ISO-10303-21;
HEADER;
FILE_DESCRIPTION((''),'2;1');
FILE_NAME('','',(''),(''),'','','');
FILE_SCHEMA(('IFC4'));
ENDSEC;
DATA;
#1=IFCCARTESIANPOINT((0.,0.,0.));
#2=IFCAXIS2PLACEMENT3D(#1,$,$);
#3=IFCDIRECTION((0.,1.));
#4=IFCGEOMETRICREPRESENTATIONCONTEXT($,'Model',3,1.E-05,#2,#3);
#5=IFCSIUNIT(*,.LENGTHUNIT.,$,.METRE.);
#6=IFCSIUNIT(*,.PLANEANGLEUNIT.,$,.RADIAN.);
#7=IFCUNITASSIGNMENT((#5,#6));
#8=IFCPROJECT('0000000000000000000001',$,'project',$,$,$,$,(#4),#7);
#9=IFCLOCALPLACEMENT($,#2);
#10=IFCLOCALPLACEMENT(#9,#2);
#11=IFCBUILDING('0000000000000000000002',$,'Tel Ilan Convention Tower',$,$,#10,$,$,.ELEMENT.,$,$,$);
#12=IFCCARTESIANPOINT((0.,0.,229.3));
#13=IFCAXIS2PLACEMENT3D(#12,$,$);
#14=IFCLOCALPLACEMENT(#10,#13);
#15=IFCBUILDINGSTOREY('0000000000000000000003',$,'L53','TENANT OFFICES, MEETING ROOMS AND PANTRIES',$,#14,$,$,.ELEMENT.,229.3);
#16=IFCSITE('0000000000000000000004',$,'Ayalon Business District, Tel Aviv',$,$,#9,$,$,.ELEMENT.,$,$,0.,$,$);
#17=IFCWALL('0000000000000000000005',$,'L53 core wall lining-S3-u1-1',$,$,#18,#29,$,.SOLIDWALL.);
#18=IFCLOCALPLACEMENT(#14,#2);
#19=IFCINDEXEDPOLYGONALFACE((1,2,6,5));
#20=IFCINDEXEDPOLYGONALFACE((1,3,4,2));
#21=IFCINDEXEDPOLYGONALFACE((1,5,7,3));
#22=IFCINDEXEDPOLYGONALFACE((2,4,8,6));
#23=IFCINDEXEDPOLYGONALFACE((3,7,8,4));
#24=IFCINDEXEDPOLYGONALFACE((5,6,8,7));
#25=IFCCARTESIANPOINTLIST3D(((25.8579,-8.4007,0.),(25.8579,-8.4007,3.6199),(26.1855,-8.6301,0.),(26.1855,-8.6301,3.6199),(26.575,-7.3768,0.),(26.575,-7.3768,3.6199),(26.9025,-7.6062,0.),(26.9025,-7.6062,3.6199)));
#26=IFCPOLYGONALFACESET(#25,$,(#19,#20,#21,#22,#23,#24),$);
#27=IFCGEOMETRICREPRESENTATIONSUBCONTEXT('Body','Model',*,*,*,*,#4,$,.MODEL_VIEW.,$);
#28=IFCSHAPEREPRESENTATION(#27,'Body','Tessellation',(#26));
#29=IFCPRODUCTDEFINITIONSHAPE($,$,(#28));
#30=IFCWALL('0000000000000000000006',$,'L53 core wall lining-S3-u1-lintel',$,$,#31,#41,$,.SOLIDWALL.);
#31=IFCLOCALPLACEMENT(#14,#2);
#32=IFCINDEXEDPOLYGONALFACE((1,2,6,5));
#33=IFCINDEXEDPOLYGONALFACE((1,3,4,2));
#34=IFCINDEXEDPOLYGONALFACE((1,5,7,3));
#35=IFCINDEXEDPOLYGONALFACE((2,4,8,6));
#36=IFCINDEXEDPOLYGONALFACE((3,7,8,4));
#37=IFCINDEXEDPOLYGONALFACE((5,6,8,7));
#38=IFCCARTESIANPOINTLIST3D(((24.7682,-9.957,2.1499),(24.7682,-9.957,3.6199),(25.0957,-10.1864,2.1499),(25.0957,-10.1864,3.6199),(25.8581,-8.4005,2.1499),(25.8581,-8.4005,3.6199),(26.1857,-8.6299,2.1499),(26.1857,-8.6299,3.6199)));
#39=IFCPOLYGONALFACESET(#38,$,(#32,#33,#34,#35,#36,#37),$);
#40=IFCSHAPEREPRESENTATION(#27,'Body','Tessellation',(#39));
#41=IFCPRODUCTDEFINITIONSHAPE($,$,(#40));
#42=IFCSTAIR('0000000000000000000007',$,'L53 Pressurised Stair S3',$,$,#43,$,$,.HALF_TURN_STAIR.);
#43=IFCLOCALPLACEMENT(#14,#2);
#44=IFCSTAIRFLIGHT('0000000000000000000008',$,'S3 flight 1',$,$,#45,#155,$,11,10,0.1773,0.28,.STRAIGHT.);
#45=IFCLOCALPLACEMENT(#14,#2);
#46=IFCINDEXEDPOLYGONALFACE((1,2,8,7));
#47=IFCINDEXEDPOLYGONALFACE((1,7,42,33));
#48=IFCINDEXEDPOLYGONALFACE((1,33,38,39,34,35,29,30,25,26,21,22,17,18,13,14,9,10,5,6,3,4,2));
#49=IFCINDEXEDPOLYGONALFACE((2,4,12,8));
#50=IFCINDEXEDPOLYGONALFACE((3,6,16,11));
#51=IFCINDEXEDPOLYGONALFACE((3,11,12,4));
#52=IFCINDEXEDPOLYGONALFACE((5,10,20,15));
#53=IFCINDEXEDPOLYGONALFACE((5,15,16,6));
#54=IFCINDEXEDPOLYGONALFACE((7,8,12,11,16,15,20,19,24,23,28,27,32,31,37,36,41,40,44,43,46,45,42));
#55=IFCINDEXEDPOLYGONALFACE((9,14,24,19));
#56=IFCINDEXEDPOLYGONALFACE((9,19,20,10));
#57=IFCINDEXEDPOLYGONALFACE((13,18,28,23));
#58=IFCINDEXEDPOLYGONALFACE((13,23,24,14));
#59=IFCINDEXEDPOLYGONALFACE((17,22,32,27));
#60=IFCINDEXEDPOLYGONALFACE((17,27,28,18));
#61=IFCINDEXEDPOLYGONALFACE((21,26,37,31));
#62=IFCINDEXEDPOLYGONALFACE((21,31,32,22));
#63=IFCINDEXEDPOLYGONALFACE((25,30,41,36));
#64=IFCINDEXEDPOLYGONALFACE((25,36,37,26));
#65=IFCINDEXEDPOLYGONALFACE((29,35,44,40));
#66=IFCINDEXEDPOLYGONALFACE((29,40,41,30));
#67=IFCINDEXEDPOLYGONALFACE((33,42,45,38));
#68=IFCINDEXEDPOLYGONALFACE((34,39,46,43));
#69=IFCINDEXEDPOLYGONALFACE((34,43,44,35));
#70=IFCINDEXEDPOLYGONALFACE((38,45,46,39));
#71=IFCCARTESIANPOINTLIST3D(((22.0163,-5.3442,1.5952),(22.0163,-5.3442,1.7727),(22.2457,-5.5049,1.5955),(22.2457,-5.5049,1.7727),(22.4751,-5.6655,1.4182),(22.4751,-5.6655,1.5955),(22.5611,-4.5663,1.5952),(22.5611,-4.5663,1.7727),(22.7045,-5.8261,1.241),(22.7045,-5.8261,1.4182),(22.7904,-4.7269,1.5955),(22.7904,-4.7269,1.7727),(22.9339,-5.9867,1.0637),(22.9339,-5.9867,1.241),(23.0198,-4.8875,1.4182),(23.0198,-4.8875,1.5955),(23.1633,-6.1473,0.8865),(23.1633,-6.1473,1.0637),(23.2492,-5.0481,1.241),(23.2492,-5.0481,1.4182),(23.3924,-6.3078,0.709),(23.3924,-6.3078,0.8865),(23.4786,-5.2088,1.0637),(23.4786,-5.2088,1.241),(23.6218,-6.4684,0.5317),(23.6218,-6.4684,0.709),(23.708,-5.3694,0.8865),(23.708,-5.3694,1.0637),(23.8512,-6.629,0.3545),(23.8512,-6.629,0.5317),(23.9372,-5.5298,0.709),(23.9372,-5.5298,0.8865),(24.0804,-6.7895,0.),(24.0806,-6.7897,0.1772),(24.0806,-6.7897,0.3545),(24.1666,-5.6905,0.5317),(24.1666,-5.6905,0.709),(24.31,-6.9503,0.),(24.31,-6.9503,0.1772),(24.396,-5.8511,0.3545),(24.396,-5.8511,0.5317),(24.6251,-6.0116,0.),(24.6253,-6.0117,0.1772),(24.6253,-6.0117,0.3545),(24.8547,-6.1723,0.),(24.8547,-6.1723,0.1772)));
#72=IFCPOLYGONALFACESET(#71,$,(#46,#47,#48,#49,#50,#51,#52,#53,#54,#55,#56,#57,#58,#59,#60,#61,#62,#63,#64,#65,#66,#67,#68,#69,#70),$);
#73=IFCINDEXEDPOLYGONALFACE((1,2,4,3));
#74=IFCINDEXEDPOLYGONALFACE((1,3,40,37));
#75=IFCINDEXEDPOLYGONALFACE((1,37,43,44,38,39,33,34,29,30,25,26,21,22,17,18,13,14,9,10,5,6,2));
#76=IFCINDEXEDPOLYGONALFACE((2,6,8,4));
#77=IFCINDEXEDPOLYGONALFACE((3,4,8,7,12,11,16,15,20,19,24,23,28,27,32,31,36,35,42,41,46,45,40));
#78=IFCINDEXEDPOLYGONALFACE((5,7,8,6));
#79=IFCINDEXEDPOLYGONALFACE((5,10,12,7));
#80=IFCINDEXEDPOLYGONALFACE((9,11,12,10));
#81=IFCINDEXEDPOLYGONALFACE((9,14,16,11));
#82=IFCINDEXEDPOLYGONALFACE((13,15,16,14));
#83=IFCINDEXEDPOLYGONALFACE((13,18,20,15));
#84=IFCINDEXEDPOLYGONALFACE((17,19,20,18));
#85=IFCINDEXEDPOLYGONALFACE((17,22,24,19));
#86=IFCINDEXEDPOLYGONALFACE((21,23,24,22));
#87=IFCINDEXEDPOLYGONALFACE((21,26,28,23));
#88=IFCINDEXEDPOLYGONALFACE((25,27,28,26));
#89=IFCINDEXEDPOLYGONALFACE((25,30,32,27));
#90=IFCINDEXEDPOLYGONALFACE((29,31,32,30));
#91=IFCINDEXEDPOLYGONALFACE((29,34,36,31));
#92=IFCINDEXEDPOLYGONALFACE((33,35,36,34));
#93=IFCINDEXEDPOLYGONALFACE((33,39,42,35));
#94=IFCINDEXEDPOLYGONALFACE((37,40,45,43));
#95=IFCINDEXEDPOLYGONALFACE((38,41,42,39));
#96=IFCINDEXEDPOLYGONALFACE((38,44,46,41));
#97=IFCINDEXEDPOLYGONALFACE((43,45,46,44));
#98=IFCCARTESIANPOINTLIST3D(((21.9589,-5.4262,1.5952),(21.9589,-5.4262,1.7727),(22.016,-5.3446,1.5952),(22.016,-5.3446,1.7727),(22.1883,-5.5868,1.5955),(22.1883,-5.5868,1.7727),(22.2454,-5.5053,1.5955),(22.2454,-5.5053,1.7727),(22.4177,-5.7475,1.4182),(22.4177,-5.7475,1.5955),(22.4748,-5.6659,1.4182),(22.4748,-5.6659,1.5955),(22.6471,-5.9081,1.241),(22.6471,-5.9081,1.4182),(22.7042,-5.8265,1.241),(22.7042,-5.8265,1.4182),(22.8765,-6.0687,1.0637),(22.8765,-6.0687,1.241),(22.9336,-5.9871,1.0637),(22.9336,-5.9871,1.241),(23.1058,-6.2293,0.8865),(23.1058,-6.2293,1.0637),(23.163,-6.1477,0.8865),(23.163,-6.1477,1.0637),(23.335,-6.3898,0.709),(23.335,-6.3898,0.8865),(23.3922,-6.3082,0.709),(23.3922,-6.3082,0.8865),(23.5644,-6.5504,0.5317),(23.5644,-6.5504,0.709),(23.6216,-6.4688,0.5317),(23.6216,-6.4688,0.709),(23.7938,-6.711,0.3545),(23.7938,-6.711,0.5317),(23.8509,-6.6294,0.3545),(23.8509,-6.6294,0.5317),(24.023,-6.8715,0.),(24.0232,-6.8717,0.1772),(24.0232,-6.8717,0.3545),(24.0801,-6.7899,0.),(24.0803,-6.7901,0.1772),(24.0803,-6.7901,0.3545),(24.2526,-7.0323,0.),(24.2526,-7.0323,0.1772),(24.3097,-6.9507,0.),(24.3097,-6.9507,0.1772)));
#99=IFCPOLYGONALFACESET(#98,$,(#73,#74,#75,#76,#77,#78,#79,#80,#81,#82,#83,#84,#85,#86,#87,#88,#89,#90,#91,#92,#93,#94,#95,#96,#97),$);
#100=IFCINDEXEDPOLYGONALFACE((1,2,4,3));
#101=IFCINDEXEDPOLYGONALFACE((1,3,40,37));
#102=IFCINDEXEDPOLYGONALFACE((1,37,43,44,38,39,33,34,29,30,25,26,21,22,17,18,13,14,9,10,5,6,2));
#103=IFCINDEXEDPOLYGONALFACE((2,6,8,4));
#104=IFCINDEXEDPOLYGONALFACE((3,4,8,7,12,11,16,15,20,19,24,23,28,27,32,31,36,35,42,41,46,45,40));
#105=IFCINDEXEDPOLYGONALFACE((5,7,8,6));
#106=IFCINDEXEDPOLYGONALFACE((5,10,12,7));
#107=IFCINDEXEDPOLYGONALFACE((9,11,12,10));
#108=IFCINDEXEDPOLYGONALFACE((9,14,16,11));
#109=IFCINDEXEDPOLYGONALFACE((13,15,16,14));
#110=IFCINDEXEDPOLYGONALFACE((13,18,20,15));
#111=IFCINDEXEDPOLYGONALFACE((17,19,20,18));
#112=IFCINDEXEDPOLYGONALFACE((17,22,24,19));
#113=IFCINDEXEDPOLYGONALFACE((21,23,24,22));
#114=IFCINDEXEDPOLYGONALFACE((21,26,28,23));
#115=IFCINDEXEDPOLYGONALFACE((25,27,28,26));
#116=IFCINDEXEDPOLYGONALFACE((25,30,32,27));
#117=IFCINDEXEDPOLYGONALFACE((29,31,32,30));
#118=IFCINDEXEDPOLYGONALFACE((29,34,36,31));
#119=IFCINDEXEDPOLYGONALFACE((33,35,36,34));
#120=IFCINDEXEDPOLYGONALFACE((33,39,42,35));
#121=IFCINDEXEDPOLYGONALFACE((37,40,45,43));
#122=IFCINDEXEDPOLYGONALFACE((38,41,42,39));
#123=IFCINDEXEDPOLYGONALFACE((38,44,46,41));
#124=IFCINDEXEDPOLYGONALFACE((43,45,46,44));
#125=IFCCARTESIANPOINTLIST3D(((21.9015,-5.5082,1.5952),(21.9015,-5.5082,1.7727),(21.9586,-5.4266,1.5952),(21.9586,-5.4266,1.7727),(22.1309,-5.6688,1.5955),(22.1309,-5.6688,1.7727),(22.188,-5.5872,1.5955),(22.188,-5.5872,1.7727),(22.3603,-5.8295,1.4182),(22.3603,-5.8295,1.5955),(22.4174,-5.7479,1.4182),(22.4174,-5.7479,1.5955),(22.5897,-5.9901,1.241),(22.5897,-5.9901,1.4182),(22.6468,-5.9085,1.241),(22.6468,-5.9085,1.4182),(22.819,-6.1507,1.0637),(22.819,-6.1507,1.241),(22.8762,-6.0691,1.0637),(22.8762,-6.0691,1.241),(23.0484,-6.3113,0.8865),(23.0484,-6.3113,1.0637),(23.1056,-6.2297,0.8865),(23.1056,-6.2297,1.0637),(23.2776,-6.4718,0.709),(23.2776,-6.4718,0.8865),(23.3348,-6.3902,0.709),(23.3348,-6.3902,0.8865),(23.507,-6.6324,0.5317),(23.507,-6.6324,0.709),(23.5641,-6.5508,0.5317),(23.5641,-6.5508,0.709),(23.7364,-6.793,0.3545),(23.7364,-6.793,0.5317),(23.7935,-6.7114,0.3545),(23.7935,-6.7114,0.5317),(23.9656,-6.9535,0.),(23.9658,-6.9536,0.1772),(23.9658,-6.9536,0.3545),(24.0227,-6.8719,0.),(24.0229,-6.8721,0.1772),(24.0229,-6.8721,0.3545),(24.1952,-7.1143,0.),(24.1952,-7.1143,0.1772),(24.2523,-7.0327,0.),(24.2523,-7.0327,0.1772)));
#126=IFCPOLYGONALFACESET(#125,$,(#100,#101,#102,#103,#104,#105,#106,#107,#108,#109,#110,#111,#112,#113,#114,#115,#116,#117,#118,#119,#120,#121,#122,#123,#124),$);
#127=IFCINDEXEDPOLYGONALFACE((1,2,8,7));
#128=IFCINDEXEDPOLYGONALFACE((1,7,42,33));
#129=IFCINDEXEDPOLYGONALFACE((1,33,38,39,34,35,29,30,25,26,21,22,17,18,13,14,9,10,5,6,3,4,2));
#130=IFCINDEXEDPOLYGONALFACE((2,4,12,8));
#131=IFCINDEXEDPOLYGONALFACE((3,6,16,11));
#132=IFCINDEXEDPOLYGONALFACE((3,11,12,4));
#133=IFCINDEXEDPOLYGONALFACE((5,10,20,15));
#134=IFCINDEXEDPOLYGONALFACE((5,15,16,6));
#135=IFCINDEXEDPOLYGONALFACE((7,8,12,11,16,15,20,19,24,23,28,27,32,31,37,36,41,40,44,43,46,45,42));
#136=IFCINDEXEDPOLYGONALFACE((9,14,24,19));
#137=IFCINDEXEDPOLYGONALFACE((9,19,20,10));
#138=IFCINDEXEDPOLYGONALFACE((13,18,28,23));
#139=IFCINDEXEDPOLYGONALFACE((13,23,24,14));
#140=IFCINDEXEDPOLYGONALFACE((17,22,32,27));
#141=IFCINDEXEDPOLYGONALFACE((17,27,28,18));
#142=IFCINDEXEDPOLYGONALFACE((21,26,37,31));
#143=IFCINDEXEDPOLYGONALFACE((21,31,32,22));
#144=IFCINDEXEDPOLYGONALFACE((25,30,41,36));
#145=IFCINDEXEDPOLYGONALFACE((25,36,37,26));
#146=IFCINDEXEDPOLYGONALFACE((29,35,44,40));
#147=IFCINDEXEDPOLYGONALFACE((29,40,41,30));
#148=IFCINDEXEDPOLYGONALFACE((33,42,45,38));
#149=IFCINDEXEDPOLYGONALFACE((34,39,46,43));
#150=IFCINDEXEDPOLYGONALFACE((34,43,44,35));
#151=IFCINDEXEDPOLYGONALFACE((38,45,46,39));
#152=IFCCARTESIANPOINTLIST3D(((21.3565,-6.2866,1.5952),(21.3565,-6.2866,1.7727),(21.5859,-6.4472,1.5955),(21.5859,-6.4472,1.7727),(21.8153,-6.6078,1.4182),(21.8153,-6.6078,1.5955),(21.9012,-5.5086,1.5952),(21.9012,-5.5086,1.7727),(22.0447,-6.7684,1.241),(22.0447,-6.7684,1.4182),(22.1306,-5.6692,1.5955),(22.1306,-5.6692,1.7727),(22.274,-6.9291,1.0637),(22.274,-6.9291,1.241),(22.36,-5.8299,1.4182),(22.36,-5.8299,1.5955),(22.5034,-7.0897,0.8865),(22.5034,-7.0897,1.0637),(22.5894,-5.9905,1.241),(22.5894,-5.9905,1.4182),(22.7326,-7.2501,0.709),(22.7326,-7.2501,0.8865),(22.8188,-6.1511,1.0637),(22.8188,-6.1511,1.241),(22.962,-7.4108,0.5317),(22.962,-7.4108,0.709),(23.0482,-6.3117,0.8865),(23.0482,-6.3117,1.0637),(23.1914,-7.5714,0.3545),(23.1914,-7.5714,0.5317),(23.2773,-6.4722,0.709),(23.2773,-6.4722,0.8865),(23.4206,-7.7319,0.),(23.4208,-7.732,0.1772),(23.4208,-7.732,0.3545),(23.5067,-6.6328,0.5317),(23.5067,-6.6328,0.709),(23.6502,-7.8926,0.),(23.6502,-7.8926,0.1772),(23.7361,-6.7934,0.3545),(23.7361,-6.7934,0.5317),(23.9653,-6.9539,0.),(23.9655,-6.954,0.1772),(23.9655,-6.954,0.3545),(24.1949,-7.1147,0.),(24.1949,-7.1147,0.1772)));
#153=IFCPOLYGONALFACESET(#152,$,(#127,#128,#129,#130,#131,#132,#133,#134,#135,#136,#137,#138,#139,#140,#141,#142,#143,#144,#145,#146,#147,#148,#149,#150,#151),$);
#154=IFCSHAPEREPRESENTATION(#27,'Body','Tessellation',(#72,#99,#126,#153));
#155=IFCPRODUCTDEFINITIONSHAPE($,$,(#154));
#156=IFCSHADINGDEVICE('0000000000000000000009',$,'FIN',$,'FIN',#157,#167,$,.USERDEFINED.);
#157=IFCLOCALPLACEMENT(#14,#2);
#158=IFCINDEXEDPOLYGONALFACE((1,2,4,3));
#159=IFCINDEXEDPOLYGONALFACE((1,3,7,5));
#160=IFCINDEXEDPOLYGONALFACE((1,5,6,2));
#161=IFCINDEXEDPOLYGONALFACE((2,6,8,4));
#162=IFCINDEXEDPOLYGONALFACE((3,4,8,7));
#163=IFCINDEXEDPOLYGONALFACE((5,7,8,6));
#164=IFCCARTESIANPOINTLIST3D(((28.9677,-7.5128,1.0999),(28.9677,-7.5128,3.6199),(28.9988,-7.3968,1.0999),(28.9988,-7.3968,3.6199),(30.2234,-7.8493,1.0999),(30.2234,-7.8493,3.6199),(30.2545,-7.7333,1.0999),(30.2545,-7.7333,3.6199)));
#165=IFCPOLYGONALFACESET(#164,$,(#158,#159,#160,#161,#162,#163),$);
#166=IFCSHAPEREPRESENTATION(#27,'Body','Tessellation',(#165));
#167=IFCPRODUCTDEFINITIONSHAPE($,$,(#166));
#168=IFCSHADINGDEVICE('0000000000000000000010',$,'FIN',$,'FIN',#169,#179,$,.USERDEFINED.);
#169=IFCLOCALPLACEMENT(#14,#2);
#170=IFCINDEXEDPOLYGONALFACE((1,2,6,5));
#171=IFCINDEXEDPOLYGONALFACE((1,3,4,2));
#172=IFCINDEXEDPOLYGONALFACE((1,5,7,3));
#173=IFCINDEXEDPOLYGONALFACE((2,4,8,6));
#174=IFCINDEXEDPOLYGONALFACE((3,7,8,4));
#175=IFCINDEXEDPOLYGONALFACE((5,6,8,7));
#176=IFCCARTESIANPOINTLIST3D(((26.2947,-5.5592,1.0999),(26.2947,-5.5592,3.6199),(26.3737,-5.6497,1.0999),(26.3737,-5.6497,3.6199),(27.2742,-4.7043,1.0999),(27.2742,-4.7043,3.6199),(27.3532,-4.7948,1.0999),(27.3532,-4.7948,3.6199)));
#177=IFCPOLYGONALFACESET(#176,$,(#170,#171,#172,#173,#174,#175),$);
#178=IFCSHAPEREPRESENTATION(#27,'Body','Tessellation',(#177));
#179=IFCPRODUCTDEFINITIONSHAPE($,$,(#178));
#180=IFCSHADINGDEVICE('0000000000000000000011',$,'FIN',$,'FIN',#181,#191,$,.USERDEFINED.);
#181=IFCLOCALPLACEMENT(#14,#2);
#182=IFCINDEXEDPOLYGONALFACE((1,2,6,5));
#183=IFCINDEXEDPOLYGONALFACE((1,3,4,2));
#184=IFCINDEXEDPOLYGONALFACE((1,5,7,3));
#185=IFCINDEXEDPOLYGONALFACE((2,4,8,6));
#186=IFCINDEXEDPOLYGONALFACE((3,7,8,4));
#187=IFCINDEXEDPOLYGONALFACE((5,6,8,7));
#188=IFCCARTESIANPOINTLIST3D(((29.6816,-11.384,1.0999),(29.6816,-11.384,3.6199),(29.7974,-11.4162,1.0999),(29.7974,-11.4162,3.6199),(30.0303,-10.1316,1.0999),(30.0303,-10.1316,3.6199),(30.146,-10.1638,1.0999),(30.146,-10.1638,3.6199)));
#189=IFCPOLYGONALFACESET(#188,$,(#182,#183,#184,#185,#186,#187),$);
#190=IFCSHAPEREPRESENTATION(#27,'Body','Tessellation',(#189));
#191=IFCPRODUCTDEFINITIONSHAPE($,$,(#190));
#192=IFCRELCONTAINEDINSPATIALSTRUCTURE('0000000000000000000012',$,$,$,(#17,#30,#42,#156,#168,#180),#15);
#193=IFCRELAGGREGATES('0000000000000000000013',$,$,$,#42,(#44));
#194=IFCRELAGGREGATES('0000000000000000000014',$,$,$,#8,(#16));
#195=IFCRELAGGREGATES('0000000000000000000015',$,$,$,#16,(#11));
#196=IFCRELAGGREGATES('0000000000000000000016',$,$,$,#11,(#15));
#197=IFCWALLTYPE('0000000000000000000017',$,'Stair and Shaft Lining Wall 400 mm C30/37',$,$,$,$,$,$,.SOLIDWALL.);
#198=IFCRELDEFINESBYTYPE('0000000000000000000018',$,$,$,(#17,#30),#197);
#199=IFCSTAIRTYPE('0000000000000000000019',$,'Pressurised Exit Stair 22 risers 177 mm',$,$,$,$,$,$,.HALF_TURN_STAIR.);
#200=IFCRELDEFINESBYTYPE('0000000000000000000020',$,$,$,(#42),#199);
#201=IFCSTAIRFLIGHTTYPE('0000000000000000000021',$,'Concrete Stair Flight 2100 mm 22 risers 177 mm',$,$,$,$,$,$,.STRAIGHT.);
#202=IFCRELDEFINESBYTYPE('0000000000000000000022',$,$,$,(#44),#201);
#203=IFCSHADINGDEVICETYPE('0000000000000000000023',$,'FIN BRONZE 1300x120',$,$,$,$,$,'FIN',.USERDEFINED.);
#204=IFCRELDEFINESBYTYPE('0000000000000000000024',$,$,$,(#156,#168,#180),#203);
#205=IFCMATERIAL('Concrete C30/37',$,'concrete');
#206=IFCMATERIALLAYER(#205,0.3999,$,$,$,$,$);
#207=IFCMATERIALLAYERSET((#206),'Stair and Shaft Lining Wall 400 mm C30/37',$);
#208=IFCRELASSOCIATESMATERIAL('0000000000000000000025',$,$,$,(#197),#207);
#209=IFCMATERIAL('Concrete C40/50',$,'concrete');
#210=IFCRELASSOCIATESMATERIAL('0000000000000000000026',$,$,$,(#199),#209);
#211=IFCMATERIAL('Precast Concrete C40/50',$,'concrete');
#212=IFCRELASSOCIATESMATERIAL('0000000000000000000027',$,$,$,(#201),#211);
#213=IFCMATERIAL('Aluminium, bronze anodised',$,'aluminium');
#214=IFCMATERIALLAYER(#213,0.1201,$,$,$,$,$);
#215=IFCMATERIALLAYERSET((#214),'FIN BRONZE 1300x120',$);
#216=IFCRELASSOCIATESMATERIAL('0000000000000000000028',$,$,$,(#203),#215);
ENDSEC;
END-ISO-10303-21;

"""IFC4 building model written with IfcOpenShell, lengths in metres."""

from ifc_helpers import new_model, si_unit, direction, frame, frame_2d, origin, origin_2d, place, context, subcontext, project, spatial, polyline, rectangle, outline, extrude, material, layer, layer_set, type_object, element, aggregate, save


model = new_model("IFC4")

# Units and contexts
model_context = context("Model", 3, precision=1e-05, world=origin(), true_north=direction((0.0, 1.0)))
body_context = subcontext(model_context, "Body", "Model", "MODEL_VIEW")
ifc_project = project(units=[si_unit("LENGTHUNIT", "METRE"), si_unit("PLANEANGLEUNIT", "RADIAN")], contexts=[model_context])

# Site, building, storey
site_placement = place(None, origin())
site = spatial("IfcSite", under=ifc_project, at=site_placement, Name="Ayalon Business District, Tel Aviv", CompositionType="ELEMENT", RefElevation=0.0)
building_placement = place(site_placement, origin())
building = spatial("IfcBuilding", under=site, at=building_placement, Name="Tel Ilan Convention Tower", CompositionType="ELEMENT")
storey_placement = place(building_placement, frame((0.0, 0.0, 229.3)))
storey = spatial("IfcBuildingStorey", under=building, at=storey_placement, Name="L53", Description="TENANT OFFICES, MEETING ROOMS AND PANTRIES", CompositionType="ELEMENT", Elevation=229.3)

# Walls
ifc_material_1 = material(Name="Concrete C30/37", Category="concrete")
ifc_layer_1 = layer(ifc_material_1, 0.3999)
ifc_layer_set_1 = layer_set([ifc_layer_1], Name="Stair and Shaft Lining Wall 400 mm C30/37")
wall_type_1 = type_object("IfcWallType", Name="Stair and Shaft Lining Wall 400 mm C30/37", PredefinedType="SOLIDWALL", material=ifc_layer_set_1)
wall_1_placement = place(storey_placement, frame((26.0217, -8.5154, 0.0), z_axis=(0.0, 0.0, 1.0), x_axis=(0.57362, 0.819122, 0.0)))
element("IfcWall", 1, at=wall_1_placement, inside=storey, type_object=wall_type_1, Name="L53 core wall lining-S3-u1-1", PredefinedType="SOLIDWALL", context=body_context, shape_type="SweptSolid", body=[
    extrude(rectangle(XDim=1.25, YDim=0.3999, at=frame_2d((0.625, 0.0))), origin(), (0.0, 0.0, 1.0), 3.6199),
])
wall_2_placement = place(storey_placement, frame((24.9319, -10.0718, 2.1499), z_axis=(0.0, 0.0, 1.0), x_axis=(0.573592, 0.819141, 0.0)))
element("IfcWall", 2, at=wall_2_placement, inside=storey, type_object=wall_type_1, Name="L53 core wall lining-S3-u1-lintel", PredefinedType="SOLIDWALL", context=body_context, shape_type="SweptSolid", body=[
    extrude(rectangle(XDim=1.9001, YDim=0.3999, at=frame_2d((0.9502, 0.0))), origin(), (0.0, 0.0, 1.0), 1.47),
])

# Stair, stair flight
ifc_material_2 = material(Name="Concrete C40/50", Category="concrete")
stair_type = type_object("IfcStairType", Name="Pressurised Exit Stair 22 risers 177 mm", PredefinedType="HALF_TURN_STAIR", material=ifc_material_2)
stair_placement = place(storey_placement, origin())
stair = element("IfcStair", 3, at=stair_placement, inside=storey, type_object=stair_type, Name="L53 Pressurised Stair S3", PredefinedType="HALF_TURN_STAIR")
ifc_material_3 = material(Name="Precast Concrete C40/50", Category="concrete")
stair_flight_type = type_object("IfcStairFlightType", Name="Concrete Stair Flight 2100 mm 22 risers 177 mm", PredefinedType="STRAIGHT", material=ifc_material_3)
stair_flight_placement = place(storey_placement, frame((24.2524, -7.0325, 0.0), z_axis=(0.0, 0.0, 1.0), x_axis=(-0.819152, 0.573576, 0.0)))
stair_flight = element("IfcStairFlight", 4, at=stair_flight_placement, type_object=stair_flight_type, Name="S3 flight 1", NumberOfRisers=11, NumberOfTreads=10, PredefinedType="STRAIGHT", RiserHeight=0.1773, TreadLength=0.28, context=body_context, shape_type="SweptSolid", body=[
    extrude(outline(polyline([(0.0, 0.0), (0.0, 0.1772), (0.28, 0.1772), (0.28, 0.3545), (0.5601, 0.3545), (0.5601, 0.5317), (0.8401, 0.5317), (0.8401, 0.709), (1.1201, 0.709), (1.1201, 0.8865), (1.3999, 0.8865), (1.3999, 1.0637), (1.6799, 1.0637), (1.6799, 1.241), (1.96, 1.241), (1.96, 1.4182), (2.24, 1.4182), (2.24, 1.5955), (2.52, 1.5955), (2.52, 1.7727), (2.8, 1.7727), (2.8, 1.95), (2.8, 1.5952), (0.2803, 0.0), (0.0, 0.0)])), frame((0.0, -0.1003, 0.0), z_axis=(0.0, -1.0, 0.0), x_axis=(1.0, 0.0, 0.0)), (0.0, 0.0, 1.0), 0.9497),
    extrude(outline(polyline([(0.0, 0.0), (0.0, 0.1772), (0.28, 0.1772), (0.28, 0.3545), (0.5601, 0.3545), (0.5601, 0.5317), (0.8401, 0.5317), (0.8401, 0.709), (1.1201, 0.709), (1.1201, 0.8865), (1.3999, 0.8865), (1.3999, 1.0637), (1.6799, 1.0637), (1.6799, 1.241), (1.96, 1.241), (1.96, 1.4182), (2.24, 1.4182), (2.24, 1.5955), (2.52, 1.5955), (2.52, 1.7727), (2.8, 1.7727), (2.8, 1.95), (2.8, 1.5952), (0.2803, 0.0), (0.0, 0.0)])), frame((0.0, -0.0002, 0.0), z_axis=(0.0, -1.0, 0.0), x_axis=(1.0, 0.0, 0.0)), (0.0, 0.0, 1.0), 0.0996),
    extrude(outline(polyline([(0.0, 0.0), (0.0, 0.1772), (0.28, 0.1772), (0.28, 0.3545), (0.5601, 0.3545), (0.5601, 0.5317), (0.8401, 0.5317), (0.8401, 0.709), (1.1201, 0.709), (1.1201, 0.8865), (1.3999, 0.8865), (1.3999, 1.0637), (1.6799, 1.0637), (1.6799, 1.241), (1.96, 1.241), (1.96, 1.4182), (2.24, 1.4182), (2.24, 1.5955), (2.52, 1.5955), (2.52, 1.7727), (2.8, 1.7727), (2.8, 1.95), (2.8, 1.5952), (0.2803, 0.0), (0.0, 0.0)])), frame((0.0, 0.0999, 0.0), z_axis=(0.0, -1.0, 0.0), x_axis=(1.0, 0.0, 0.0)), (0.0, 0.0, 1.0), 0.0996),
    extrude(outline(polyline([(0.0, 0.0), (0.0, 0.1772), (0.28, 0.1772), (0.28, 0.3545), (0.5601, 0.3545), (0.5601, 0.5317), (0.8401, 0.5317), (0.8401, 0.709), (1.1201, 0.709), (1.1201, 0.8865), (1.3999, 0.8865), (1.3999, 1.0637), (1.6799, 1.0637), (1.6799, 1.241), (1.96, 1.241), (1.96, 1.4182), (2.24, 1.4182), (2.24, 1.5955), (2.52, 1.5955), (2.52, 1.7727), (2.8, 1.7727), (2.8, 1.95), (2.8, 1.5952), (0.2803, 0.0), (0.0, 0.0)])), frame((0.0, 1.05, 0.0), z_axis=(0.0, -1.0, 0.0), x_axis=(1.0, 0.0, 0.0)), (0.0, 0.0, 1.0), 0.9497),
])
aggregate(stair, [stair_flight])

# Shading devices
ifc_material_4 = material(Name="Aluminium, bronze anodised", Category="aluminium")
ifc_layer_2 = layer(ifc_material_4, 0.1201)
ifc_layer_set_2 = layer_set([ifc_layer_2], Name="FIN BRONZE 1300x120")
shading_device_type = type_object("IfcShadingDeviceType", Name="FIN BRONZE 1300x120", ElementType="FIN", PredefinedType="USERDEFINED", material=ifc_layer_set_2)
for number, where, z_axis, x_axis, name in (
    (5, (29.6111, -7.623, 1.0999), (0.0, 0.0, 1.0), (0.965926, -0.258819, 0.0), "FIN"),
    (6, (26.824, -5.177, 1.0999), (0.0, 0.0, 1.0), (0.753436, 0.657521, 0.0), "FIN"),
    (7, (29.9138, -10.7739, 1.0999), (0.0, 0.0, 1.0), (0.268173, 0.963371, 0.0), "FIN"),
):
    element("IfcShadingDevice", number, at=place(storey_placement, frame(where, z_axis=z_axis, x_axis=x_axis)), inside=storey, type_object=shading_device_type, Name=name, ObjectType="FIN", PredefinedType="USERDEFINED", context=body_context, shape_type="SweptSolid", body=[
        extrude(rectangle(XDim=1.3, YDim=0.1201, at=origin_2d()), origin(), (0.0, 0.0, 1.0), 2.52),
    ])

save(model, "model.ifc")
